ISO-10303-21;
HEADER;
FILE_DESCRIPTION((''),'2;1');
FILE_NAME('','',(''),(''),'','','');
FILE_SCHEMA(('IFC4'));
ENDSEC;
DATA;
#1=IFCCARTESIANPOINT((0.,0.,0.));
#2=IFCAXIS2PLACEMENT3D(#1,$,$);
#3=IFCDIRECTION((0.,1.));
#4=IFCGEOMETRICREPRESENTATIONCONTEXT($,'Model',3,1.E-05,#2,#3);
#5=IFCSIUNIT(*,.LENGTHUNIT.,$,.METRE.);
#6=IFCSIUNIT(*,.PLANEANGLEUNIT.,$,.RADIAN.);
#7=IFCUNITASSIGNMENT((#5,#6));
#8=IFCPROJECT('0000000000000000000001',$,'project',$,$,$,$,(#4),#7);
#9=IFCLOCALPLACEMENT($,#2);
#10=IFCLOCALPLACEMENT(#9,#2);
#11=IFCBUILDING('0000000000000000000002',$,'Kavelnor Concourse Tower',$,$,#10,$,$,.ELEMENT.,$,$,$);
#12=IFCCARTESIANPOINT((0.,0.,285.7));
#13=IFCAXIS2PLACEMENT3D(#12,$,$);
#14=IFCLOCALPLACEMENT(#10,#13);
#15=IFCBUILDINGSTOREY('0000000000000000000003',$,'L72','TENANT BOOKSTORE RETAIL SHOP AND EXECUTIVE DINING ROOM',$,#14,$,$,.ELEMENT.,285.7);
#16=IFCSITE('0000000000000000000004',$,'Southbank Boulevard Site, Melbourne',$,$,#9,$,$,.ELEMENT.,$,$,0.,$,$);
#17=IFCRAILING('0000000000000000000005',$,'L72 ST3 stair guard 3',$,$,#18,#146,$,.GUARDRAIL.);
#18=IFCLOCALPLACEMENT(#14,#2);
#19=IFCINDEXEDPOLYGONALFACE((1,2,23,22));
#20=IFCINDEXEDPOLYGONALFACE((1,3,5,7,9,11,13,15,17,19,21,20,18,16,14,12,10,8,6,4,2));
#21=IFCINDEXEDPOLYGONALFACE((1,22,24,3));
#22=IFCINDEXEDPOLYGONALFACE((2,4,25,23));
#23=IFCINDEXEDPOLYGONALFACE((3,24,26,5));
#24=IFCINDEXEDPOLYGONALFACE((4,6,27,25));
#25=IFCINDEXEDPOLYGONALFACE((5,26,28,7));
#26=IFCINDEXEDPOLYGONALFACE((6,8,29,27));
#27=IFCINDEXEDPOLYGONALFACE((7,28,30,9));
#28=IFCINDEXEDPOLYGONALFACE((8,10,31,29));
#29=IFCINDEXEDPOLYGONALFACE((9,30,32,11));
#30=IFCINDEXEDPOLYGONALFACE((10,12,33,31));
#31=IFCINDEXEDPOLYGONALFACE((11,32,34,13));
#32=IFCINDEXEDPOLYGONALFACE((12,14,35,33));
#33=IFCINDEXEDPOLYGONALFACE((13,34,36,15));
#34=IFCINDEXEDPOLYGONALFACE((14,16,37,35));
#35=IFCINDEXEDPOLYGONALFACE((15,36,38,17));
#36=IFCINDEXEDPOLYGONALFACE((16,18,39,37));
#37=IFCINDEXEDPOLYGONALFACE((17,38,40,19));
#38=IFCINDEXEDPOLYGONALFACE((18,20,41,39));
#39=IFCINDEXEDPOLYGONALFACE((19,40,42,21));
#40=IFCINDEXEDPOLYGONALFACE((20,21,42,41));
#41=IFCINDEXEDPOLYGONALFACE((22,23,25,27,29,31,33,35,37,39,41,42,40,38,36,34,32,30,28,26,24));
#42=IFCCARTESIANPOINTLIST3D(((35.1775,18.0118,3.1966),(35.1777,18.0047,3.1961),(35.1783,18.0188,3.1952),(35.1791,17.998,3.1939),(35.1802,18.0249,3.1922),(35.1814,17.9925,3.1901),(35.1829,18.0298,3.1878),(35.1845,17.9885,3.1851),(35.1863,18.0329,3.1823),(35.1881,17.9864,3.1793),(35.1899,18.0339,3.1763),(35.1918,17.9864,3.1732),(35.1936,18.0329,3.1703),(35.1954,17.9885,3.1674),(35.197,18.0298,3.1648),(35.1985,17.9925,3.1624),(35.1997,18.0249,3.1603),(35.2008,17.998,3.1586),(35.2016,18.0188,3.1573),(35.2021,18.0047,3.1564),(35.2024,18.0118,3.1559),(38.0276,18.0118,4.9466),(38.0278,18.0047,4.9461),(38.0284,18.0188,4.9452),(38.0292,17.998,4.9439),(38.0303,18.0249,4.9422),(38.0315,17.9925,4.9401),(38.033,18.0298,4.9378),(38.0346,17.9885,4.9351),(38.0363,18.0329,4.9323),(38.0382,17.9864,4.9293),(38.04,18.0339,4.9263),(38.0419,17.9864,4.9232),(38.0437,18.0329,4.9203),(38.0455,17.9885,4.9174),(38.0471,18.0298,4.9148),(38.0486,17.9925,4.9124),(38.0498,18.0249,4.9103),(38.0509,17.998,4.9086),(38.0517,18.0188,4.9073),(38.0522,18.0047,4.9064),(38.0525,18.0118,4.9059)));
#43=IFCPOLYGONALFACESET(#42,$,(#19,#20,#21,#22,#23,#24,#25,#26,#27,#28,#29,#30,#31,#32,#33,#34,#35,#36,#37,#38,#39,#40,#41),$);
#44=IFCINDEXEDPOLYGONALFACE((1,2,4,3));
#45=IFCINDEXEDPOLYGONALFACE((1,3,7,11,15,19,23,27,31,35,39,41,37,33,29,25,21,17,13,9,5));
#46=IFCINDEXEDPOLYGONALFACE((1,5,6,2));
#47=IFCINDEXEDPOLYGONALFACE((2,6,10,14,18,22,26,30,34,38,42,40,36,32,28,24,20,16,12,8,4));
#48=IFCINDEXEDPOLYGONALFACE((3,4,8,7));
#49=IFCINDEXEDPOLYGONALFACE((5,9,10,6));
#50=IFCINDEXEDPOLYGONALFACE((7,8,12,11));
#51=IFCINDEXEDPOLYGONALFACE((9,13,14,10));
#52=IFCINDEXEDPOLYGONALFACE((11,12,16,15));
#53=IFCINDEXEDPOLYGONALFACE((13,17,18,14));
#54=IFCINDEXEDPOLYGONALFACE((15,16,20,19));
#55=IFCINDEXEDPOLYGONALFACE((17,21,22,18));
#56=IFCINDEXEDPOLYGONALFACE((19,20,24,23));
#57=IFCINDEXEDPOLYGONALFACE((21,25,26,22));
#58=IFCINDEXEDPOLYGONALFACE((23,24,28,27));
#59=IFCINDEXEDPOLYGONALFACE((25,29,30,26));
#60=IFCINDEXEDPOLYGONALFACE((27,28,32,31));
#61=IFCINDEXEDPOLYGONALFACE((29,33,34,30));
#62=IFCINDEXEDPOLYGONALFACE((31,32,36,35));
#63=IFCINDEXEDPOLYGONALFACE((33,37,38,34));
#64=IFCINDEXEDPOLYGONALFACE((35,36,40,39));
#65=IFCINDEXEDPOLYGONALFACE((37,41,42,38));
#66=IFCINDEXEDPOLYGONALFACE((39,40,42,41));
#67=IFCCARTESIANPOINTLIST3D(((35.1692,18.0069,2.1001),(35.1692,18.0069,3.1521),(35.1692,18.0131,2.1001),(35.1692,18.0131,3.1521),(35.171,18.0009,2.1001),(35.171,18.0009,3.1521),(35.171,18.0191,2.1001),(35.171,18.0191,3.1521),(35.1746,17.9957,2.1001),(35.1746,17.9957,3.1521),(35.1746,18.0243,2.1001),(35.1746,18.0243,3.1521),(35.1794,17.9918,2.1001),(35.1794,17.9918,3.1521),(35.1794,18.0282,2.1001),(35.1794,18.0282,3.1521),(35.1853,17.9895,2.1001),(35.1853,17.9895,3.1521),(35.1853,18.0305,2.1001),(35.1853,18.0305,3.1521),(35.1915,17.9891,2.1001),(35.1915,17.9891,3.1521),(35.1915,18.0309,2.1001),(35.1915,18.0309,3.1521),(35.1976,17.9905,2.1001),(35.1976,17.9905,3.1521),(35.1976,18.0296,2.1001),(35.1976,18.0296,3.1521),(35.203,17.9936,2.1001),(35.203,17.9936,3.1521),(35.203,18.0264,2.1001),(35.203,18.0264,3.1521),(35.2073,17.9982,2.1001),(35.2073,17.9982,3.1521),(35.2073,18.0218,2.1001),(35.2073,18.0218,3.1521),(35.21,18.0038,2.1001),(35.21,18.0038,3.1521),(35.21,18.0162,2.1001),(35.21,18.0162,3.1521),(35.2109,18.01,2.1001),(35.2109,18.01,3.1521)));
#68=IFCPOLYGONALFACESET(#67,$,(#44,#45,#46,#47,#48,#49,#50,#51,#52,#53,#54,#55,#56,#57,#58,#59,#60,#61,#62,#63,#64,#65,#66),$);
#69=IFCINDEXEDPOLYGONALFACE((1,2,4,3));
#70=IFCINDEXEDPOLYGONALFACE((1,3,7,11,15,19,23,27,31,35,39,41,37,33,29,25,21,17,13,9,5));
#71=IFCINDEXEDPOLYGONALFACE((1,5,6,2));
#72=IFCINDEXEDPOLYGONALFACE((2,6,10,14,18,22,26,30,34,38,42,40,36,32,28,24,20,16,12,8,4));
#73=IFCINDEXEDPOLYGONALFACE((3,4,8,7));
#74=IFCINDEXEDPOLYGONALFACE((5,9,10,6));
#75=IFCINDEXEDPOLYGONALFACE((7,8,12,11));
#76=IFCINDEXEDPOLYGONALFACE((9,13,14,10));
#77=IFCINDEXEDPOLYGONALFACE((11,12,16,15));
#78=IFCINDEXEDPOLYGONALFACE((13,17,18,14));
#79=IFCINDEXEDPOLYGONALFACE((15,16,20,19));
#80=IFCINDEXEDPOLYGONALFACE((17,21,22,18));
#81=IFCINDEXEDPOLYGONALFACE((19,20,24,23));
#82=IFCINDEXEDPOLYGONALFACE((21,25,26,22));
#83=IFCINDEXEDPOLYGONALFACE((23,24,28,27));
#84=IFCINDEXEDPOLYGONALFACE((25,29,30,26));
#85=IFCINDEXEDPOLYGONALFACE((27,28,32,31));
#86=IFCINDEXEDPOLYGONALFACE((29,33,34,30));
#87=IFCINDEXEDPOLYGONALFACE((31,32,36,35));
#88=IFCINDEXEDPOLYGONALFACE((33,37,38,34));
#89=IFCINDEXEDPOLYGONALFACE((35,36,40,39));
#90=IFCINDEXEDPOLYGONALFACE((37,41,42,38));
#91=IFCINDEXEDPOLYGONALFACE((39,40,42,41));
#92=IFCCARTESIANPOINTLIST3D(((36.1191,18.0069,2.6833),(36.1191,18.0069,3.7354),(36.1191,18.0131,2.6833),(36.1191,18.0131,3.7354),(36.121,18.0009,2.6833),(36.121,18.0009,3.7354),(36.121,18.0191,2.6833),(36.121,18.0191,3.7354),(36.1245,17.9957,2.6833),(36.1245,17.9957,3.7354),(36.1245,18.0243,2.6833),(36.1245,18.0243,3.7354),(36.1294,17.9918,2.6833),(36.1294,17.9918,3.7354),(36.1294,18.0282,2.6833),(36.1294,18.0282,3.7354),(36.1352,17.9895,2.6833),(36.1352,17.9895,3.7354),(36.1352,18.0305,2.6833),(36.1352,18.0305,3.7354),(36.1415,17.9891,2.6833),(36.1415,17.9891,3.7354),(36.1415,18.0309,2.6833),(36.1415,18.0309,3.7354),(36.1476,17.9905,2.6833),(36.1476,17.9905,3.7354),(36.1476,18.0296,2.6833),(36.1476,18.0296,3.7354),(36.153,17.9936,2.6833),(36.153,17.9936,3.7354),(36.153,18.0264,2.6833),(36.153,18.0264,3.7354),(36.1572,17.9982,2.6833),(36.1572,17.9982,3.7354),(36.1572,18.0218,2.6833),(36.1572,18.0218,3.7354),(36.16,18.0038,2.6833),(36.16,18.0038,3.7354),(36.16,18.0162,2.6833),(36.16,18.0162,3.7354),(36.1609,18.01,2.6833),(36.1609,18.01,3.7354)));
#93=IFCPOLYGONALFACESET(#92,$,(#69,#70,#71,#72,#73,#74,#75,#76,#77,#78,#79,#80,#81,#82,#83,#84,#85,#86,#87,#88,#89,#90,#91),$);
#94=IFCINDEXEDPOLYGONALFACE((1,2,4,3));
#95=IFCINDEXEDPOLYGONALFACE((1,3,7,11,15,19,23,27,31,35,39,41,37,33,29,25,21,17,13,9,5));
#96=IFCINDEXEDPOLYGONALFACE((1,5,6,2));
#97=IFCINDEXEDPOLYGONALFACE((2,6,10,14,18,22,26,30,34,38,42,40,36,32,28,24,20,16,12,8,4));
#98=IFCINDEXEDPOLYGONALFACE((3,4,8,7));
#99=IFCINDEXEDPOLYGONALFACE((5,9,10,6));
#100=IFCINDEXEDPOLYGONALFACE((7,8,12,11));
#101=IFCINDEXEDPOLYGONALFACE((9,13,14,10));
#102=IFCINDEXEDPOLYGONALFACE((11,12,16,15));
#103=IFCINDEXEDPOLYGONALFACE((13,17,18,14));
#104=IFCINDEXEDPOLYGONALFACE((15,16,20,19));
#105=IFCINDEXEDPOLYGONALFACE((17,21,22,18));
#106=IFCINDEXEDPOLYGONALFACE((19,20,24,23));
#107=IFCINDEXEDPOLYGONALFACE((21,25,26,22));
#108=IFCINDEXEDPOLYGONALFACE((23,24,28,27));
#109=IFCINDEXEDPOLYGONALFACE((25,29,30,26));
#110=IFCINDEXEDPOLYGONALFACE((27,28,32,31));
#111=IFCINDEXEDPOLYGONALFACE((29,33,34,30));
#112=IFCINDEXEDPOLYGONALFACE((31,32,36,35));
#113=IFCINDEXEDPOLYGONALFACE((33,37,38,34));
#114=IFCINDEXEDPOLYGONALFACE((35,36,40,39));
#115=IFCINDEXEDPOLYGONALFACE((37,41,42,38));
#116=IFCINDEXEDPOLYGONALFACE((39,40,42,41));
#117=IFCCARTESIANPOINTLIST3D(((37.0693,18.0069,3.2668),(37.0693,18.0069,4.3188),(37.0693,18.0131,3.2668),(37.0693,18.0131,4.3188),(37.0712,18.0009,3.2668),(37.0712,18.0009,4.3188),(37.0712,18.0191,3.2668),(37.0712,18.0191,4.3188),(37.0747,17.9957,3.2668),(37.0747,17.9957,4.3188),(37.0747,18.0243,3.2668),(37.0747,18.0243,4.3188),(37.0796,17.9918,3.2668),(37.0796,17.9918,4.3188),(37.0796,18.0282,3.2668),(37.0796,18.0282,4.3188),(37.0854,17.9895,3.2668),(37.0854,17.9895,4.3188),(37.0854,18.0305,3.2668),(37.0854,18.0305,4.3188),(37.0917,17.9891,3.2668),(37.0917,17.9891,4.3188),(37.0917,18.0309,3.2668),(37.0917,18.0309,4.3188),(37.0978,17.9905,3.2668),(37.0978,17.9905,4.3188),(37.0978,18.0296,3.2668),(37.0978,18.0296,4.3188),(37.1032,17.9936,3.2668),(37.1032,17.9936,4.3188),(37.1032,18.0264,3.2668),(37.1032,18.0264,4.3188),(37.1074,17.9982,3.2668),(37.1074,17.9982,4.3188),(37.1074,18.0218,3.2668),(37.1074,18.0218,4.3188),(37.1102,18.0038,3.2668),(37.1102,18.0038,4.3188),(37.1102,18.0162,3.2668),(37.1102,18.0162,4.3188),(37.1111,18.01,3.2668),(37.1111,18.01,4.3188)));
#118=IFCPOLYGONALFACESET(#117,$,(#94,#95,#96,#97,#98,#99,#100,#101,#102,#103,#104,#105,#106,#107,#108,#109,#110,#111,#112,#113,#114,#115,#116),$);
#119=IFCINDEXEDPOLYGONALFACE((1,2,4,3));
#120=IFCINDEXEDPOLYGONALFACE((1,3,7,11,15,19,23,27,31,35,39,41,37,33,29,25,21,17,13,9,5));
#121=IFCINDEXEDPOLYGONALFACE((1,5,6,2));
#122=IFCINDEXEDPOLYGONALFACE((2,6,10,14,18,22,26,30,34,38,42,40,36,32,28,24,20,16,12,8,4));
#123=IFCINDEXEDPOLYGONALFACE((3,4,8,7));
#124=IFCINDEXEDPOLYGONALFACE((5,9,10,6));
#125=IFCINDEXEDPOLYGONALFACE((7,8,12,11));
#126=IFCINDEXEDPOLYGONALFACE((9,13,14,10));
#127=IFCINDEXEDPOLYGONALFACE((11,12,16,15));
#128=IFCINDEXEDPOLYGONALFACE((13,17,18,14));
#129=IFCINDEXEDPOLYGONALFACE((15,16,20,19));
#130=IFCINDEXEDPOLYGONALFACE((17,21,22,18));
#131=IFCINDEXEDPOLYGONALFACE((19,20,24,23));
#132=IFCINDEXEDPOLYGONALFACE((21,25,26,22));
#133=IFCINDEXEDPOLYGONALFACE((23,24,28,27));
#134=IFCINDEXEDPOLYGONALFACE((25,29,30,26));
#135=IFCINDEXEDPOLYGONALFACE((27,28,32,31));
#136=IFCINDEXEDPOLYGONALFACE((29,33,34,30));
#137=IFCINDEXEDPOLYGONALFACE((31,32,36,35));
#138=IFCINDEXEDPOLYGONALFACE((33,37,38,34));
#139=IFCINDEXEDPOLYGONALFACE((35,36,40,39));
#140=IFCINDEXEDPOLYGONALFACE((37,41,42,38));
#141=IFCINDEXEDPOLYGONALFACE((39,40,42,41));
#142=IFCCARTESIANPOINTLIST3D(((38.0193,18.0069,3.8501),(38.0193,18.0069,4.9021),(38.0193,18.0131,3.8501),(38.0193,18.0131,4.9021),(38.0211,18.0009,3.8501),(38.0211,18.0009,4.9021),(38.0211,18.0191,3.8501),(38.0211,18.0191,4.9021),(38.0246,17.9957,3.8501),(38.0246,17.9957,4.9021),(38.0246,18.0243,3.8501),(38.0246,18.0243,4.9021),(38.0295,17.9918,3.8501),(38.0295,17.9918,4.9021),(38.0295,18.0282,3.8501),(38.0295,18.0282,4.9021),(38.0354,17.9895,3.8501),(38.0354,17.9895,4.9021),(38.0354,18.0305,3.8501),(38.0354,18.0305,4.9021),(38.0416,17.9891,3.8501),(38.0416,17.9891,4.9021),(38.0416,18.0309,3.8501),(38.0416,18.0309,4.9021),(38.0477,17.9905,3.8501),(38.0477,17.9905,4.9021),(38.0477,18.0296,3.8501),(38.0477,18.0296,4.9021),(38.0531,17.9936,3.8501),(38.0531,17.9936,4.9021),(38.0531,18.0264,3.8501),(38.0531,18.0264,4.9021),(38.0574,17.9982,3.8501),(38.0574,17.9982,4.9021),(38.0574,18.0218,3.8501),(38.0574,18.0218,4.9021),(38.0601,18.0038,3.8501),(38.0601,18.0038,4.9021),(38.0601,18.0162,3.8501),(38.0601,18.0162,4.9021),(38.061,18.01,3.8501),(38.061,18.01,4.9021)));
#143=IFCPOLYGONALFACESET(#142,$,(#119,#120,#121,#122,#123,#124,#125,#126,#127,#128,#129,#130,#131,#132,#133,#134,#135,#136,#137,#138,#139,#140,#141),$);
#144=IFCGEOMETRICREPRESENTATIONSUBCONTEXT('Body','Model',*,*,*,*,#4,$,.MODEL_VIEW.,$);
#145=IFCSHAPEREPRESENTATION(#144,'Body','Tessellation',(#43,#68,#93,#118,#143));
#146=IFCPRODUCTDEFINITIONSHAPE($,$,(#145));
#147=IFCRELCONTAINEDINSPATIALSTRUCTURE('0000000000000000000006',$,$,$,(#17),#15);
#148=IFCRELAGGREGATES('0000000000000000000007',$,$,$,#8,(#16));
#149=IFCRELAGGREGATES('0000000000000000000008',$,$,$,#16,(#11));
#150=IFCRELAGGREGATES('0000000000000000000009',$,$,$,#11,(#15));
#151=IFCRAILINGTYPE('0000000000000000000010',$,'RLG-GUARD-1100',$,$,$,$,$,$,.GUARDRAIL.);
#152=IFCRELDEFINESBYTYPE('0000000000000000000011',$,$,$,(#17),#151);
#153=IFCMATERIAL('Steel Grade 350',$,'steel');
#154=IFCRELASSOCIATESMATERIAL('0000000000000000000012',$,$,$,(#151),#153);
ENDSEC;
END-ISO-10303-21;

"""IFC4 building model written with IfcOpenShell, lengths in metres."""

from ifc_helpers import new_model, si_unit, direction, frame, origin, origin_2d, place, context, subcontext, project, spatial, circle, extrude, material, type_object, element, save


model = new_model("IFC4")

# Units and contexts
model_context = context("Model", 3, precision=1e-05, world=origin(), true_north=direction((0.0, 1.0)))
body_context = subcontext(model_context, "Body", "Model", "MODEL_VIEW")
ifc_project = project(units=[si_unit("LENGTHUNIT", "METRE"), si_unit("PLANEANGLEUNIT", "RADIAN")], contexts=[model_context])

# Site, building, storey
site_placement = place(None, origin())
site = spatial("IfcSite", under=ifc_project, at=site_placement, Name="Southbank Boulevard Site, Melbourne", CompositionType="ELEMENT", RefElevation=0.0)
building_placement = place(site_placement, origin())
building = spatial("IfcBuilding", under=site, at=building_placement, Name="Kavelnor Concourse Tower", CompositionType="ELEMENT")
storey_placement = place(building_placement, frame((0.0, 0.0, 285.7)))
storey = spatial("IfcBuildingStorey", under=building, at=storey_placement, Name="L72", Description="TENANT BOOKSTORE RETAIL SHOP AND EXECUTIVE DINING ROOM", CompositionType="ELEMENT", Elevation=285.7)

# Shared definitions
ifc_material_1 = material(Name="Steel Grade 350", Category="steel")

# Railing
railing_type_1 = type_object("IfcRailingType", Name="RLG-GUARD-1100", PredefinedType="GUARDRAIL", material=ifc_material_1)
railing_1_placement = place(storey_placement, frame((35.1899, 18.01, 2.1001)))
element("IfcRailing", 1, at=railing_1_placement, inside=storey, type_object=railing_type_1, Name="L72 ST3 stair guard 3", PredefinedType="GUARDRAIL", context=body_context, shape_type="SweptSolid", body=[
    extrude(circle(Radius=0.0239, at=origin_2d()), frame((0.0, 0.0, 1.0762), z_axis=(0.852179, 0.0, 0.52325), x_axis=(0.0, 1.0, 0.0)), (0.0, 0.0, 1.0), 3.3445),
    extrude(circle(Radius=0.021, at=origin_2d()), origin(), (0.0, 0.0, 1.0), 1.052),
    extrude(circle(Radius=0.021, at=origin_2d()), frame((0.95, 0.0, 0.5833)), (0.0, 0.0, 1.0), 1.052),
    extrude(circle(Radius=0.021, at=origin_2d()), frame((1.9001, 0.0, 1.1667)), (0.0, 0.0, 1.0), 1.052),
    extrude(circle(Radius=0.021, at=origin_2d()), frame((2.8501, 0.0, 1.75)), (0.0, 0.0, 1.0), 1.052),
])

save(model, "model.ifc")
